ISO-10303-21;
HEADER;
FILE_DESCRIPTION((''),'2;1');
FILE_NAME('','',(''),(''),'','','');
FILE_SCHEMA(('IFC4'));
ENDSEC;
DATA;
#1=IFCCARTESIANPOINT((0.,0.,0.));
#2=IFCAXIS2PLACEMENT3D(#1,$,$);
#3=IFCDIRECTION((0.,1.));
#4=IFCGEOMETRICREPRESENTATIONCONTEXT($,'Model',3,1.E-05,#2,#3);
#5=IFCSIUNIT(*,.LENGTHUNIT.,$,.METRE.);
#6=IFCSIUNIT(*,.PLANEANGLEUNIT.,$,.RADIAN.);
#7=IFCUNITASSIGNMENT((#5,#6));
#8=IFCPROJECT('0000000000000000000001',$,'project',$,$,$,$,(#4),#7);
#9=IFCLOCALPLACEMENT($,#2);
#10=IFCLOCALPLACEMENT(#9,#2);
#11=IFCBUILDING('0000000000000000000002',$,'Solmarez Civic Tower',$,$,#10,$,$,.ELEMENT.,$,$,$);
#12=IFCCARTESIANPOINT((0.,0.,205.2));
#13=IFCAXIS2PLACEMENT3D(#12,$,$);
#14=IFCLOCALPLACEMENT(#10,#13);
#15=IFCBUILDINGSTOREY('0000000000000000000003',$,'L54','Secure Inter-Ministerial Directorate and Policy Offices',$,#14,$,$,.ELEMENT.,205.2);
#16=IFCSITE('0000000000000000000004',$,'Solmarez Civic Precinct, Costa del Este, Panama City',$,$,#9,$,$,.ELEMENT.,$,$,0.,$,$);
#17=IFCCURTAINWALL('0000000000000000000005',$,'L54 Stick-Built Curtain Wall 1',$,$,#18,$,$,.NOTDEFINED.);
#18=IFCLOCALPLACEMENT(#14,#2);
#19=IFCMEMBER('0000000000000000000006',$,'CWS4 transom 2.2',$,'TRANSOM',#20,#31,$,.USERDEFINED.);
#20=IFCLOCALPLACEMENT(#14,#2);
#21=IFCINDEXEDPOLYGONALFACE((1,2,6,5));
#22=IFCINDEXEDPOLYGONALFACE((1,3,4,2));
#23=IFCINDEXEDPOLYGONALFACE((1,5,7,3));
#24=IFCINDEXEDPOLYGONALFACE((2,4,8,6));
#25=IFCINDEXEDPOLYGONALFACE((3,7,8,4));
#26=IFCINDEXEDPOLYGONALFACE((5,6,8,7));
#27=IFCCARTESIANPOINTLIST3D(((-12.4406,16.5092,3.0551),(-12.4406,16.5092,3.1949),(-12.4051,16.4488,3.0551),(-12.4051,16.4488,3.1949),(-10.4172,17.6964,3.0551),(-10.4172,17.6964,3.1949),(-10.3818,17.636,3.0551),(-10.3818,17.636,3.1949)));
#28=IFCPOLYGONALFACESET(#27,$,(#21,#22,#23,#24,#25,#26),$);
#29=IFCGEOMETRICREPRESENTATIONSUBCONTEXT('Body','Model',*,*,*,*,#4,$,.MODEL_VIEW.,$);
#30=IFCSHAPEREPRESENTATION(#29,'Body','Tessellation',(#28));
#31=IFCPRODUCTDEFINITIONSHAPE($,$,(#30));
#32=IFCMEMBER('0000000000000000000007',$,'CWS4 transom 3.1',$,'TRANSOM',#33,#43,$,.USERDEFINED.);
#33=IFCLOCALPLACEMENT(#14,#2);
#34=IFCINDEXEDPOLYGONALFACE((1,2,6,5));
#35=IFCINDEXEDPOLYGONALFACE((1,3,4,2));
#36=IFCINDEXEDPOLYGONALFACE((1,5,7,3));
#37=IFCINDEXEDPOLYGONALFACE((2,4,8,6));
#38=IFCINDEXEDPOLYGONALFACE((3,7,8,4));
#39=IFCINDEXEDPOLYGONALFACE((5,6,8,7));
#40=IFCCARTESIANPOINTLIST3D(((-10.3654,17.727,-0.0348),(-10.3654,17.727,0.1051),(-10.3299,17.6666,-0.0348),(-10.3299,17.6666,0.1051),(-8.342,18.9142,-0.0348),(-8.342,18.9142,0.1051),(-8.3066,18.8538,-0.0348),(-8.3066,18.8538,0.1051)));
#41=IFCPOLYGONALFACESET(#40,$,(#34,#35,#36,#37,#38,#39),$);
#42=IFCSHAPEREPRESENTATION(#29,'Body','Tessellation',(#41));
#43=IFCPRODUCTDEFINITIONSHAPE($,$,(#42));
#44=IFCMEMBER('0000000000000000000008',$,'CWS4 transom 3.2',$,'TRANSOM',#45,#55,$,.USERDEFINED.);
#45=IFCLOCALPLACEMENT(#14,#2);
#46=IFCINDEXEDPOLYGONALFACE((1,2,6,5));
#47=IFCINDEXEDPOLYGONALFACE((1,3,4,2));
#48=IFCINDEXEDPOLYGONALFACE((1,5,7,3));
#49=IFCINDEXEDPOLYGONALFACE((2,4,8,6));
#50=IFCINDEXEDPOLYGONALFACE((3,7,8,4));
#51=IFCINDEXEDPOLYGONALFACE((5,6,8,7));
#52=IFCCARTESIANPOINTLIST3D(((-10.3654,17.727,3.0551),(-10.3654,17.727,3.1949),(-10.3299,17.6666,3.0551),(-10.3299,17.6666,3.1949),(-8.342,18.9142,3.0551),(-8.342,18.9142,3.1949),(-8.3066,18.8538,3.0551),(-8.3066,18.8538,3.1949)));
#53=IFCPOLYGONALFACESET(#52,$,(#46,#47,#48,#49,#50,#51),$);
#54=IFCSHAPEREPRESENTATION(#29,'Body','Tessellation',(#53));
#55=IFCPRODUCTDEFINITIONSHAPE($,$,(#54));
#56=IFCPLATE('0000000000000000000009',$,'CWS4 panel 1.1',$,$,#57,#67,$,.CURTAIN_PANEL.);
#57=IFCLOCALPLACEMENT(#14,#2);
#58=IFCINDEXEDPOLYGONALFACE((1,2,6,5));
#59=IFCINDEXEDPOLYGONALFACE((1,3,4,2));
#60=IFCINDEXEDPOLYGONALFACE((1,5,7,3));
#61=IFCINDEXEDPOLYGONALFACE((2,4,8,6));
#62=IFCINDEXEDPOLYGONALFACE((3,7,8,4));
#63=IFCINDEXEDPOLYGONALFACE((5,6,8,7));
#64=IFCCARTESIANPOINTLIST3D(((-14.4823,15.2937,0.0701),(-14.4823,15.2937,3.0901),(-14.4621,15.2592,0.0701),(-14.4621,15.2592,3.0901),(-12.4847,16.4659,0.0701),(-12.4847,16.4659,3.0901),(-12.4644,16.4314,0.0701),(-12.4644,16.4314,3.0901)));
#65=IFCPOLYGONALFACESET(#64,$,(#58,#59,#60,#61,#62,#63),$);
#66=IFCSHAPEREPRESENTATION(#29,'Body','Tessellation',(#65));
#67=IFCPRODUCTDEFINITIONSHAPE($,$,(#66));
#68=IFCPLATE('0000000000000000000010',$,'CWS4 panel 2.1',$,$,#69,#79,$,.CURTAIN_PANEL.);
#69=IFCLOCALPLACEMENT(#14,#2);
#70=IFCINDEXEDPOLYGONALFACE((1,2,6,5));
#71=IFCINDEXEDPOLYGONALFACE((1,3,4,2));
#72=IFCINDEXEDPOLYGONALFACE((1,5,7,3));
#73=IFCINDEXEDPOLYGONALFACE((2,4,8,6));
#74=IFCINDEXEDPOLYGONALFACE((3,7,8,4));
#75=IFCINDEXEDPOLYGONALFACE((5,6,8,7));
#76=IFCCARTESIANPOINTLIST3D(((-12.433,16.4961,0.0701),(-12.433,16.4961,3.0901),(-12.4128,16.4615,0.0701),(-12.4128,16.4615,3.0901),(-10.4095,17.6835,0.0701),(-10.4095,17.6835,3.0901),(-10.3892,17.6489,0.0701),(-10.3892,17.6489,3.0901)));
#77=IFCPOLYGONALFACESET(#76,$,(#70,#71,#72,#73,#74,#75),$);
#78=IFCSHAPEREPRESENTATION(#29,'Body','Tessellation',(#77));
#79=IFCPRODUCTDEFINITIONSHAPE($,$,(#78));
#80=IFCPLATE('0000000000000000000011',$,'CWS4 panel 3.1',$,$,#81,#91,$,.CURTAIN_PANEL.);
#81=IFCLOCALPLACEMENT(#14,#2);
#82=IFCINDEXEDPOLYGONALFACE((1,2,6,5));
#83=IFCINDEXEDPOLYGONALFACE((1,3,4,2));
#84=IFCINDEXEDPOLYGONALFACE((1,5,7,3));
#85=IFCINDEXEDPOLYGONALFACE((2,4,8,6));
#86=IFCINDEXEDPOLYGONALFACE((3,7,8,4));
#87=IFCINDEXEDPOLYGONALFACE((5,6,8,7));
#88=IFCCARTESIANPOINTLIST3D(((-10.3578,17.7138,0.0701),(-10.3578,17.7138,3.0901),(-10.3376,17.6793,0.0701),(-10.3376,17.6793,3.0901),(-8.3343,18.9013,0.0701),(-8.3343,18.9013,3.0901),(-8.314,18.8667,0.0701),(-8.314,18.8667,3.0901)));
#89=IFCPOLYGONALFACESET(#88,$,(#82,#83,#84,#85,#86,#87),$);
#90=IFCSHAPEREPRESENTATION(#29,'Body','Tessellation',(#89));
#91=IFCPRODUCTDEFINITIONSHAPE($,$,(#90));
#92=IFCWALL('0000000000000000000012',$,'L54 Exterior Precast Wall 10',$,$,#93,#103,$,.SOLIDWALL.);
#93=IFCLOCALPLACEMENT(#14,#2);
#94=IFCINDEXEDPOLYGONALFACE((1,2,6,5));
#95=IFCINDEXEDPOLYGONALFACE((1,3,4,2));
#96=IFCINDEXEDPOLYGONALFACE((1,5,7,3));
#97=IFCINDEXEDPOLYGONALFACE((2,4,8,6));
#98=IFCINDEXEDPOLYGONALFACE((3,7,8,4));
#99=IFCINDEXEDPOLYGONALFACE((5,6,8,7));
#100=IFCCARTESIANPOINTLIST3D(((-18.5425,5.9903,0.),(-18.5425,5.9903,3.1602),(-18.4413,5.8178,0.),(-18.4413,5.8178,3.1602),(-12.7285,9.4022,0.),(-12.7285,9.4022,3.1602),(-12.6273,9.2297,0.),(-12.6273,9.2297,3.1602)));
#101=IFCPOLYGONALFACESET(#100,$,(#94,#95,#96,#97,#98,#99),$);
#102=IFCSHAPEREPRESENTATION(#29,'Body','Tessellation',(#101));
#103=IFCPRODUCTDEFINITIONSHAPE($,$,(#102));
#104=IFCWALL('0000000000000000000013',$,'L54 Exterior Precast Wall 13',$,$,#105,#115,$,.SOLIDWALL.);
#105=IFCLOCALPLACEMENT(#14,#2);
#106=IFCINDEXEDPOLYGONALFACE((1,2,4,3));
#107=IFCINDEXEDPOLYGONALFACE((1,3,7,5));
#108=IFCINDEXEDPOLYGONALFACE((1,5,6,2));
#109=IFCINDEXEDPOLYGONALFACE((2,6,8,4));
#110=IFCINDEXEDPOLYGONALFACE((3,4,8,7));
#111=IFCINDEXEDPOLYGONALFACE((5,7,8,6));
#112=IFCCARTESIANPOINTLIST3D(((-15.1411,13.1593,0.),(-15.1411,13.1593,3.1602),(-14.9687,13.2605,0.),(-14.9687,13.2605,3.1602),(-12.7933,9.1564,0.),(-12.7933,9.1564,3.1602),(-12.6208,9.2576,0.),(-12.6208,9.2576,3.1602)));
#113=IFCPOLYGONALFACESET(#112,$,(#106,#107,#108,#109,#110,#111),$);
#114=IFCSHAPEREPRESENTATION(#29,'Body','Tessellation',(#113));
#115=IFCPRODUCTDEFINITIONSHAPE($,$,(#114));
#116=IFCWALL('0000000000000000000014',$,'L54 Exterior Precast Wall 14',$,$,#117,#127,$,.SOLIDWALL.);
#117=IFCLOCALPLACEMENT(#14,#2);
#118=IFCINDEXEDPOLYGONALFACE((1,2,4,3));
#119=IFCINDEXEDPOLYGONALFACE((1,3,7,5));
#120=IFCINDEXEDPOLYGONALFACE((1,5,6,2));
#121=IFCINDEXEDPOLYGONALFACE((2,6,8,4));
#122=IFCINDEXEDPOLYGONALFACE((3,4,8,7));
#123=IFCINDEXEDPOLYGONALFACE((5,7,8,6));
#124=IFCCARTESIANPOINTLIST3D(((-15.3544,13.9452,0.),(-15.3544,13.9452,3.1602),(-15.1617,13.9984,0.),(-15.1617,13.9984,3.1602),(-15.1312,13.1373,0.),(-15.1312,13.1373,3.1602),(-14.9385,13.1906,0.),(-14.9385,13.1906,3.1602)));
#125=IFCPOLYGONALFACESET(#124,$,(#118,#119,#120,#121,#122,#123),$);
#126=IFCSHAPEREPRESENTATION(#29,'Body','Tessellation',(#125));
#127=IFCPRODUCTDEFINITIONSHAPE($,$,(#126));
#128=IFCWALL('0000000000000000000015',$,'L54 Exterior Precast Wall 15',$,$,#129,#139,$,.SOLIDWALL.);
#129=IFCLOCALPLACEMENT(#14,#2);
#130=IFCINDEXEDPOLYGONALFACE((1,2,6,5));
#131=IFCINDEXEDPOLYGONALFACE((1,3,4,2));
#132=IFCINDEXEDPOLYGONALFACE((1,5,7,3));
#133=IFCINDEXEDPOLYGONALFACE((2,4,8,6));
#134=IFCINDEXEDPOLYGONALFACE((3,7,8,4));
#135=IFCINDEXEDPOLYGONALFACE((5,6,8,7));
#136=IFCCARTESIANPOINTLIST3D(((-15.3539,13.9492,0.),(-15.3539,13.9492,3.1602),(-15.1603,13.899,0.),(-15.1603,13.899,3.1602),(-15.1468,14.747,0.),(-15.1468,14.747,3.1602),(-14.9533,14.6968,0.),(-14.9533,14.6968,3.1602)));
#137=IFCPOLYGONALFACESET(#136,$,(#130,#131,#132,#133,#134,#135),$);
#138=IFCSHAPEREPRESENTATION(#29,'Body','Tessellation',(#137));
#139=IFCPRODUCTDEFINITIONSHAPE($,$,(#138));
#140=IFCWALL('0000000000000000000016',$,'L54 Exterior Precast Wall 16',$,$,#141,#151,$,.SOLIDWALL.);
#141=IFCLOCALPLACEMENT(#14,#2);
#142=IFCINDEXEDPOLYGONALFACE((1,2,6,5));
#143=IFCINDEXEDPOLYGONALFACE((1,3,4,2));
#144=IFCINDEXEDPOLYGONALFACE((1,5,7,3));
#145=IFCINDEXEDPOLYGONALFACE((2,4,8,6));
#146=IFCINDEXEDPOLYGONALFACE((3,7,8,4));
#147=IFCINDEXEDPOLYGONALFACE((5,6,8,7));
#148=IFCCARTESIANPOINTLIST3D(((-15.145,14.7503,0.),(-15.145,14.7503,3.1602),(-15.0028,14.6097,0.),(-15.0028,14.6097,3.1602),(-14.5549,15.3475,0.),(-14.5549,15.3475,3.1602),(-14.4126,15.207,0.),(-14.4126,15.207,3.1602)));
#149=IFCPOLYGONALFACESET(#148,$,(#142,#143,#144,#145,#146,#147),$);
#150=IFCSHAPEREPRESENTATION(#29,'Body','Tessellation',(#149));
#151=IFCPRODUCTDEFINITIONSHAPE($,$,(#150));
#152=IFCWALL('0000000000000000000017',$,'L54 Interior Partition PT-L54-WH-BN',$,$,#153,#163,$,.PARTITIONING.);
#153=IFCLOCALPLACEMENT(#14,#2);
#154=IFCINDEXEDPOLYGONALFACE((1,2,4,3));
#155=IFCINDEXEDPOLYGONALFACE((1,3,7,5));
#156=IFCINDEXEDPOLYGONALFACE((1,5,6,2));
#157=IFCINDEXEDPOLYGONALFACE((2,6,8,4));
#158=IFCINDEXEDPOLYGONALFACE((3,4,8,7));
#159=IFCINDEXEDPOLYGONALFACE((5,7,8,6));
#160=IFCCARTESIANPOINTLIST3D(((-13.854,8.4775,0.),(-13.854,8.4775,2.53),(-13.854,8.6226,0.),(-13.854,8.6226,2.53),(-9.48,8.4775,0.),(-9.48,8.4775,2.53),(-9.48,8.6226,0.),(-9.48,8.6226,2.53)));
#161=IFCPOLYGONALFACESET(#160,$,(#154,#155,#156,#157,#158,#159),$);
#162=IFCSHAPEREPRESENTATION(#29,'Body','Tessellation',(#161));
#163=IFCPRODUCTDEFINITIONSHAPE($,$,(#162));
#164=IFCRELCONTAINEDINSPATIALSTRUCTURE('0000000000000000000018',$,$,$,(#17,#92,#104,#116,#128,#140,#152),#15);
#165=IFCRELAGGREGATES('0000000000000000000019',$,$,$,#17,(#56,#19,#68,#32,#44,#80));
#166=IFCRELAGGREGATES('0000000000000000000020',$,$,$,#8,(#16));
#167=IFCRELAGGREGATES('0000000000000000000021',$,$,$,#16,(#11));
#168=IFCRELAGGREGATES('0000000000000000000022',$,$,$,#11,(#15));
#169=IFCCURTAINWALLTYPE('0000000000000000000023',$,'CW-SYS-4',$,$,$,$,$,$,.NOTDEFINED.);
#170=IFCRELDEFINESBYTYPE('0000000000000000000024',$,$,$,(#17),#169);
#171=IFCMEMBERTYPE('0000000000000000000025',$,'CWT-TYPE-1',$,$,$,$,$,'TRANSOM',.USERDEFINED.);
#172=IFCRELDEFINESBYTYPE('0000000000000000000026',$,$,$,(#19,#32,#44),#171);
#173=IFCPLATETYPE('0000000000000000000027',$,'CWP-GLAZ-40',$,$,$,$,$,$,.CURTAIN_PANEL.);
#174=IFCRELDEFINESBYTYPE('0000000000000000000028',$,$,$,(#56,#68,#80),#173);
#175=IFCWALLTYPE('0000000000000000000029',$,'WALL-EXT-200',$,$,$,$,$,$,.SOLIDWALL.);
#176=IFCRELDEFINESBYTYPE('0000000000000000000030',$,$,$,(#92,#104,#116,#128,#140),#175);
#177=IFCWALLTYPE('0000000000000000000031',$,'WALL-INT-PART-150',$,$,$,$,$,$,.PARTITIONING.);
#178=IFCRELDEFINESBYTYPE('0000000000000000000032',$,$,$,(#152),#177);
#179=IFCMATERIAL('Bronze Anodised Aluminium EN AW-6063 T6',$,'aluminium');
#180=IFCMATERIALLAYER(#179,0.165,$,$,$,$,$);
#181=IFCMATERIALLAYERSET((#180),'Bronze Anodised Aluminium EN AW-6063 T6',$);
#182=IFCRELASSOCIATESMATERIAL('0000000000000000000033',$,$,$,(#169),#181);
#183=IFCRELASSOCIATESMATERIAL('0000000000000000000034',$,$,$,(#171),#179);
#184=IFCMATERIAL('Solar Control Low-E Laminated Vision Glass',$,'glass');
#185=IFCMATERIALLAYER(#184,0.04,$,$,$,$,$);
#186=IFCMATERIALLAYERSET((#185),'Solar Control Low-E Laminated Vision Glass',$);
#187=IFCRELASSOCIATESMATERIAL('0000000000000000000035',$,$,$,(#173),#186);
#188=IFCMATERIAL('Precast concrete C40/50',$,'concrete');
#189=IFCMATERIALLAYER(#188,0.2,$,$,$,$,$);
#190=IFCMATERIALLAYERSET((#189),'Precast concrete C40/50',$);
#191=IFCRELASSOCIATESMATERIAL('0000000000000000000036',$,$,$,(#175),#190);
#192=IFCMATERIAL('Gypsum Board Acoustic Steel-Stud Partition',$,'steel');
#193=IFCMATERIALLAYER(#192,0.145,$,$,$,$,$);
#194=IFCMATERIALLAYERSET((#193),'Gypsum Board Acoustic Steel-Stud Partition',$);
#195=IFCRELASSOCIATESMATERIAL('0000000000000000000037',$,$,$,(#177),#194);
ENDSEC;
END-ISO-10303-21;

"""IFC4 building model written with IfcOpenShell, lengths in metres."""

from ifc_helpers import new_model, si_unit, direction, frame, frame_2d, origin, origin_2d, place, context, subcontext, project, spatial, rectangle, extrude, material, layer, layer_set, material_profile, profile_set, type_object, element, aggregate, save


model = new_model("IFC4")

# Units and contexts
model_context = context("Model", 3, precision=1e-05, world=origin(), true_north=direction((0.0, 1.0)))
body_context = subcontext(model_context, "Body", "Model", "MODEL_VIEW")
ifc_project = project(units=[si_unit("LENGTHUNIT", "METRE"), si_unit("PLANEANGLEUNIT", "RADIAN")], contexts=[model_context])

# Site, building, storey
site_placement = place(None, origin())
site = spatial("IfcSite", under=ifc_project, at=site_placement, Name="Solmarez Civic Precinct, Costa del Este, Panama City", CompositionType="ELEMENT", RefElevation=0.0)
building_placement = place(site_placement, origin())
building = spatial("IfcBuilding", under=site, at=building_placement, Name="Solmarez Civic Tower", CompositionType="ELEMENT")
storey_placement = place(building_placement, frame((0.0, 0.0, 205.2)))
storey = spatial("IfcBuildingStorey", under=building, at=storey_placement, Name="L54", Description="Secure Inter-Ministerial Directorate and Policy Offices", CompositionType="ELEMENT", Elevation=205.2)

# Curtain wall, members, plates
ifc_material_1 = material(Name="Bronze Anodised Aluminium EN AW-6063 T6", Category="aluminium")
ifc_layer_1 = layer(ifc_material_1, 0.165)
ifc_layer_set_1 = layer_set([ifc_layer_1], Name="Bronze Anodised Aluminium EN AW-6063 T6")
curtain_wall_type = type_object("IfcCurtainWallType", Name="CW-SYS-4", PredefinedType="NOTDEFINED", material=ifc_layer_set_1)
curtain_wall_placement = place(storey_placement, origin())
curtain_wall = element("IfcCurtainWall", 1, at=curtain_wall_placement, inside=storey, type_object=curtain_wall_type, Name="L54 Stick-Built Curtain Wall 1", PredefinedType="NOTDEFINED")
ifc_material_profile_1 = material_profile(ifc_material_1, rectangle(XDim=0.0701, YDim=0.1399, at=origin_2d()), Name="CWT-70X140")
ifc_profile_set_1 = profile_set([ifc_material_profile_1], Name="Bronze Anodised Aluminium EN AW-6063 T6")
member_type_1 = type_object("IfcMemberType", Name="CWT-TYPE-1", ElementType="TRANSOM", PredefinedType="USERDEFINED", material=ifc_profile_set_1)
member_1_placement = place(storey_placement, frame((-12.4229, 16.479, 3.125), z_axis=(0.862493, 0.506069, 0.0), x_axis=(-0.506069, 0.862493, 0.0)))
member_1 = element("IfcMember", 2, at=member_1_placement, type_object=member_type_1, Name="CWS4 transom 2.2", ObjectType="TRANSOM", PredefinedType="USERDEFINED", context=body_context, shape_type="SweptSolid", body=[
    extrude(rectangle(XDim=0.0701, YDim=0.1399, at=origin_2d()), origin(), (0.0, 0.0, 1.0), 2.3459),
])
member_2_placement = place(storey_placement, frame((-10.3477, 17.6968, 0.0352), z_axis=(0.862493, 0.506069, 0.0), x_axis=(-0.506069, 0.862493, 0.0)))
member_2 = element("IfcMember", 3, at=member_2_placement, type_object=member_type_1, Name="CWS4 transom 3.1", ObjectType="TRANSOM", PredefinedType="USERDEFINED", context=body_context, shape_type="SweptSolid", body=[
    extrude(rectangle(XDim=0.0701, YDim=0.1399, at=origin_2d()), origin(), (0.0, 0.0, 1.0), 2.3459),
])
member_3_placement = place(storey_placement, frame((-10.3477, 17.6968, 3.125), z_axis=(0.862493, 0.506069, 0.0), x_axis=(-0.506069, 0.862493, 0.0)))
member_3 = element("IfcMember", 4, at=member_3_placement, type_object=member_type_1, Name="CWS4 transom 3.2", ObjectType="TRANSOM", PredefinedType="USERDEFINED", context=body_context, shape_type="SweptSolid", body=[
    extrude(rectangle(XDim=0.0701, YDim=0.1399, at=origin_2d()), origin(), (0.0, 0.0, 1.0), 2.3459),
])
ifc_material_2 = material(Name="Solar Control Low-E Laminated Vision Glass", Category="glass")
ifc_layer_2 = layer(ifc_material_2, 0.04)
ifc_layer_set_2 = layer_set([ifc_layer_2], Name="Solar Control Low-E Laminated Vision Glass")
plate_type = type_object("IfcPlateType", Name="CWP-GLAZ-40", PredefinedType="CURTAIN_PANEL", material=ifc_layer_set_2)
plate_1_placement = place(storey_placement, frame((-13.4734, 15.8625, 0.0701), z_axis=(0.0, 0.0, 1.0), x_axis=(0.862476, 0.506098, 0.0)))
plate_1 = element("IfcPlate", 5, at=plate_1_placement, type_object=plate_type, Name="CWS4 panel 1.1", PredefinedType="CURTAIN_PANEL", context=body_context, shape_type="SweptSolid", body=[
    extrude(rectangle(XDim=2.3162, YDim=0.04, at=origin_2d()), origin(), (0.0, 0.0, 1.0), 3.02),
])
plate_2_placement = place(storey_placement, frame((-11.4111, 17.0725, 0.0701), z_axis=(0.0, 0.0, 1.0), x_axis=(0.862476, 0.506098, 0.0)))
plate_2 = element("IfcPlate", 6, at=plate_2_placement, type_object=plate_type, Name="CWS4 panel 2.1", PredefinedType="CURTAIN_PANEL", context=body_context, shape_type="SweptSolid", body=[
    extrude(rectangle(XDim=2.3462, YDim=0.04, at=origin_2d()), origin(), (0.0, 0.0, 1.0), 3.02),
])
plate_3_placement = place(storey_placement, frame((-9.3359, 18.2903, 0.0701), z_axis=(0.0, 0.0, 1.0), x_axis=(0.862476, 0.506098, 0.0)))
plate_3 = element("IfcPlate", 7, at=plate_3_placement, type_object=plate_type, Name="CWS4 panel 3.1", PredefinedType="CURTAIN_PANEL", context=body_context, shape_type="SweptSolid", body=[
    extrude(rectangle(XDim=2.3462, YDim=0.04, at=origin_2d()), origin(), (0.0, 0.0, 1.0), 3.02),
])
aggregate(curtain_wall, [plate_1, member_1, plate_2, member_2, member_3, plate_3])

# Walls
ifc_material_3 = material(Name="Precast concrete C40/50", Category="concrete")
ifc_layer_3 = layer(ifc_material_3, 0.2)
ifc_layer_set_3 = layer_set([ifc_layer_3], Name="Precast concrete C40/50")
wall_type_1 = type_object("IfcWallType", Name="WALL-EXT-200", PredefinedType="SOLIDWALL", material=ifc_layer_set_3)
wall_1_placement = place(storey_placement, frame((-18.4919, 5.9041, 0.0), z_axis=(0.0, 0.0, 1.0), x_axis=(0.86246, 0.506126, 0.0)))
element("IfcWall", 8, at=wall_1_placement, inside=storey, type_object=wall_type_1, Name="L54 Exterior Precast Wall 10", PredefinedType="SOLIDWALL", context=body_context, shape_type="SweptSolid", body=[
    extrude(rectangle(XDim=6.7412, YDim=0.2, at=frame_2d((3.3706, 0.0))), origin(), (0.0, 0.0, 1.0), 3.1602),
])
wall_2_placement = place(storey_placement, frame((-12.707, 9.207, 0.0), z_axis=(0.0, 0.0, 1.0), x_axis=(-0.505937, 0.862571, 0.0)))
element("IfcWall", 9, at=wall_2_placement, inside=storey, type_object=wall_type_1, Name="L54 Exterior Precast Wall 13", PredefinedType="SOLIDWALL", context=body_context, shape_type="SweptSolid", body=[
    extrude(rectangle(XDim=4.6406, YDim=0.2, at=frame_2d((2.3203, 0.0))), origin(), (0.0, 0.0, 1.0), 3.1602),
])
wall_3_placement = place(storey_placement, frame((-15.0349, 13.1641, 0.0), z_axis=(0.0, 0.0, 1.0), x_axis=(-0.266246, 0.963905, 0.0)))
element("IfcWall", 10, at=wall_3_placement, inside=storey, type_object=wall_type_1, Name="L54 Exterior Precast Wall 14", PredefinedType="SOLIDWALL", context=body_context, shape_type="SweptSolid", body=[
    extrude(rectangle(XDim=0.8381, YDim=0.2, at=frame_2d((0.4189, 0.0))), origin(), (0.0, 0.0, 1.0), 3.1602),
])
wall_4_placement = place(storey_placement, frame((-15.2571, 13.9241, 0.0), z_axis=(0.0, 0.0, 1.0), x_axis=(0.251168, 0.967944, 0.0)))
element("IfcWall", 11, at=wall_4_placement, inside=storey, type_object=wall_type_1, Name="L54 Exterior Precast Wall 15", PredefinedType="SOLIDWALL", context=body_context, shape_type="SweptSolid", body=[
    extrude(rectangle(XDim=0.8242, YDim=0.2, at=frame_2d((0.4121, 0.0))), origin(), (0.0, 0.0, 1.0), 3.1602),
])
wall_5_placement = place(storey_placement, frame((-15.074, 14.6799, 0.0), z_axis=(0.0, 0.0, 1.0), x_axis=(0.702878, 0.711311, 0.0)))
element("IfcWall", 12, at=wall_5_placement, inside=storey, type_object=wall_type_1, Name="L54 Exterior Precast Wall 16", PredefinedType="SOLIDWALL", context=body_context, shape_type="SweptSolid", body=[
    extrude(rectangle(XDim=0.8396, YDim=0.2, at=frame_2d((0.4199, 0.0))), origin(), (0.0, 0.0, 1.0), 3.1602),
])
ifc_material_4 = material(Name="Gypsum Board Acoustic Steel-Stud Partition", Category="steel")
ifc_layer_4 = layer(ifc_material_4, 0.145)
ifc_layer_set_4 = layer_set([ifc_layer_4], Name="Gypsum Board Acoustic Steel-Stud Partition")
wall_type_2 = type_object("IfcWallType", Name="WALL-INT-PART-150", PredefinedType="PARTITIONING", material=ifc_layer_set_4)
wall_6_placement = place(storey_placement, frame((-13.854, 8.55, 0.0), z_axis=(0.0, 0.0, 1.0), x_axis=(1.0, 0.0, 0.0)))
element("IfcWall", 13, at=wall_6_placement, inside=storey, type_object=wall_type_2, Name="L54 Interior Partition PT-L54-WH-BN", PredefinedType="PARTITIONING", context=body_context, shape_type="SweptSolid", body=[
    extrude(rectangle(XDim=4.374, YDim=0.145, at=frame_2d((2.187, 0.0))), origin(), (0.0, 0.0, 1.0), 2.53),
])

save(model, "model.ifc")
